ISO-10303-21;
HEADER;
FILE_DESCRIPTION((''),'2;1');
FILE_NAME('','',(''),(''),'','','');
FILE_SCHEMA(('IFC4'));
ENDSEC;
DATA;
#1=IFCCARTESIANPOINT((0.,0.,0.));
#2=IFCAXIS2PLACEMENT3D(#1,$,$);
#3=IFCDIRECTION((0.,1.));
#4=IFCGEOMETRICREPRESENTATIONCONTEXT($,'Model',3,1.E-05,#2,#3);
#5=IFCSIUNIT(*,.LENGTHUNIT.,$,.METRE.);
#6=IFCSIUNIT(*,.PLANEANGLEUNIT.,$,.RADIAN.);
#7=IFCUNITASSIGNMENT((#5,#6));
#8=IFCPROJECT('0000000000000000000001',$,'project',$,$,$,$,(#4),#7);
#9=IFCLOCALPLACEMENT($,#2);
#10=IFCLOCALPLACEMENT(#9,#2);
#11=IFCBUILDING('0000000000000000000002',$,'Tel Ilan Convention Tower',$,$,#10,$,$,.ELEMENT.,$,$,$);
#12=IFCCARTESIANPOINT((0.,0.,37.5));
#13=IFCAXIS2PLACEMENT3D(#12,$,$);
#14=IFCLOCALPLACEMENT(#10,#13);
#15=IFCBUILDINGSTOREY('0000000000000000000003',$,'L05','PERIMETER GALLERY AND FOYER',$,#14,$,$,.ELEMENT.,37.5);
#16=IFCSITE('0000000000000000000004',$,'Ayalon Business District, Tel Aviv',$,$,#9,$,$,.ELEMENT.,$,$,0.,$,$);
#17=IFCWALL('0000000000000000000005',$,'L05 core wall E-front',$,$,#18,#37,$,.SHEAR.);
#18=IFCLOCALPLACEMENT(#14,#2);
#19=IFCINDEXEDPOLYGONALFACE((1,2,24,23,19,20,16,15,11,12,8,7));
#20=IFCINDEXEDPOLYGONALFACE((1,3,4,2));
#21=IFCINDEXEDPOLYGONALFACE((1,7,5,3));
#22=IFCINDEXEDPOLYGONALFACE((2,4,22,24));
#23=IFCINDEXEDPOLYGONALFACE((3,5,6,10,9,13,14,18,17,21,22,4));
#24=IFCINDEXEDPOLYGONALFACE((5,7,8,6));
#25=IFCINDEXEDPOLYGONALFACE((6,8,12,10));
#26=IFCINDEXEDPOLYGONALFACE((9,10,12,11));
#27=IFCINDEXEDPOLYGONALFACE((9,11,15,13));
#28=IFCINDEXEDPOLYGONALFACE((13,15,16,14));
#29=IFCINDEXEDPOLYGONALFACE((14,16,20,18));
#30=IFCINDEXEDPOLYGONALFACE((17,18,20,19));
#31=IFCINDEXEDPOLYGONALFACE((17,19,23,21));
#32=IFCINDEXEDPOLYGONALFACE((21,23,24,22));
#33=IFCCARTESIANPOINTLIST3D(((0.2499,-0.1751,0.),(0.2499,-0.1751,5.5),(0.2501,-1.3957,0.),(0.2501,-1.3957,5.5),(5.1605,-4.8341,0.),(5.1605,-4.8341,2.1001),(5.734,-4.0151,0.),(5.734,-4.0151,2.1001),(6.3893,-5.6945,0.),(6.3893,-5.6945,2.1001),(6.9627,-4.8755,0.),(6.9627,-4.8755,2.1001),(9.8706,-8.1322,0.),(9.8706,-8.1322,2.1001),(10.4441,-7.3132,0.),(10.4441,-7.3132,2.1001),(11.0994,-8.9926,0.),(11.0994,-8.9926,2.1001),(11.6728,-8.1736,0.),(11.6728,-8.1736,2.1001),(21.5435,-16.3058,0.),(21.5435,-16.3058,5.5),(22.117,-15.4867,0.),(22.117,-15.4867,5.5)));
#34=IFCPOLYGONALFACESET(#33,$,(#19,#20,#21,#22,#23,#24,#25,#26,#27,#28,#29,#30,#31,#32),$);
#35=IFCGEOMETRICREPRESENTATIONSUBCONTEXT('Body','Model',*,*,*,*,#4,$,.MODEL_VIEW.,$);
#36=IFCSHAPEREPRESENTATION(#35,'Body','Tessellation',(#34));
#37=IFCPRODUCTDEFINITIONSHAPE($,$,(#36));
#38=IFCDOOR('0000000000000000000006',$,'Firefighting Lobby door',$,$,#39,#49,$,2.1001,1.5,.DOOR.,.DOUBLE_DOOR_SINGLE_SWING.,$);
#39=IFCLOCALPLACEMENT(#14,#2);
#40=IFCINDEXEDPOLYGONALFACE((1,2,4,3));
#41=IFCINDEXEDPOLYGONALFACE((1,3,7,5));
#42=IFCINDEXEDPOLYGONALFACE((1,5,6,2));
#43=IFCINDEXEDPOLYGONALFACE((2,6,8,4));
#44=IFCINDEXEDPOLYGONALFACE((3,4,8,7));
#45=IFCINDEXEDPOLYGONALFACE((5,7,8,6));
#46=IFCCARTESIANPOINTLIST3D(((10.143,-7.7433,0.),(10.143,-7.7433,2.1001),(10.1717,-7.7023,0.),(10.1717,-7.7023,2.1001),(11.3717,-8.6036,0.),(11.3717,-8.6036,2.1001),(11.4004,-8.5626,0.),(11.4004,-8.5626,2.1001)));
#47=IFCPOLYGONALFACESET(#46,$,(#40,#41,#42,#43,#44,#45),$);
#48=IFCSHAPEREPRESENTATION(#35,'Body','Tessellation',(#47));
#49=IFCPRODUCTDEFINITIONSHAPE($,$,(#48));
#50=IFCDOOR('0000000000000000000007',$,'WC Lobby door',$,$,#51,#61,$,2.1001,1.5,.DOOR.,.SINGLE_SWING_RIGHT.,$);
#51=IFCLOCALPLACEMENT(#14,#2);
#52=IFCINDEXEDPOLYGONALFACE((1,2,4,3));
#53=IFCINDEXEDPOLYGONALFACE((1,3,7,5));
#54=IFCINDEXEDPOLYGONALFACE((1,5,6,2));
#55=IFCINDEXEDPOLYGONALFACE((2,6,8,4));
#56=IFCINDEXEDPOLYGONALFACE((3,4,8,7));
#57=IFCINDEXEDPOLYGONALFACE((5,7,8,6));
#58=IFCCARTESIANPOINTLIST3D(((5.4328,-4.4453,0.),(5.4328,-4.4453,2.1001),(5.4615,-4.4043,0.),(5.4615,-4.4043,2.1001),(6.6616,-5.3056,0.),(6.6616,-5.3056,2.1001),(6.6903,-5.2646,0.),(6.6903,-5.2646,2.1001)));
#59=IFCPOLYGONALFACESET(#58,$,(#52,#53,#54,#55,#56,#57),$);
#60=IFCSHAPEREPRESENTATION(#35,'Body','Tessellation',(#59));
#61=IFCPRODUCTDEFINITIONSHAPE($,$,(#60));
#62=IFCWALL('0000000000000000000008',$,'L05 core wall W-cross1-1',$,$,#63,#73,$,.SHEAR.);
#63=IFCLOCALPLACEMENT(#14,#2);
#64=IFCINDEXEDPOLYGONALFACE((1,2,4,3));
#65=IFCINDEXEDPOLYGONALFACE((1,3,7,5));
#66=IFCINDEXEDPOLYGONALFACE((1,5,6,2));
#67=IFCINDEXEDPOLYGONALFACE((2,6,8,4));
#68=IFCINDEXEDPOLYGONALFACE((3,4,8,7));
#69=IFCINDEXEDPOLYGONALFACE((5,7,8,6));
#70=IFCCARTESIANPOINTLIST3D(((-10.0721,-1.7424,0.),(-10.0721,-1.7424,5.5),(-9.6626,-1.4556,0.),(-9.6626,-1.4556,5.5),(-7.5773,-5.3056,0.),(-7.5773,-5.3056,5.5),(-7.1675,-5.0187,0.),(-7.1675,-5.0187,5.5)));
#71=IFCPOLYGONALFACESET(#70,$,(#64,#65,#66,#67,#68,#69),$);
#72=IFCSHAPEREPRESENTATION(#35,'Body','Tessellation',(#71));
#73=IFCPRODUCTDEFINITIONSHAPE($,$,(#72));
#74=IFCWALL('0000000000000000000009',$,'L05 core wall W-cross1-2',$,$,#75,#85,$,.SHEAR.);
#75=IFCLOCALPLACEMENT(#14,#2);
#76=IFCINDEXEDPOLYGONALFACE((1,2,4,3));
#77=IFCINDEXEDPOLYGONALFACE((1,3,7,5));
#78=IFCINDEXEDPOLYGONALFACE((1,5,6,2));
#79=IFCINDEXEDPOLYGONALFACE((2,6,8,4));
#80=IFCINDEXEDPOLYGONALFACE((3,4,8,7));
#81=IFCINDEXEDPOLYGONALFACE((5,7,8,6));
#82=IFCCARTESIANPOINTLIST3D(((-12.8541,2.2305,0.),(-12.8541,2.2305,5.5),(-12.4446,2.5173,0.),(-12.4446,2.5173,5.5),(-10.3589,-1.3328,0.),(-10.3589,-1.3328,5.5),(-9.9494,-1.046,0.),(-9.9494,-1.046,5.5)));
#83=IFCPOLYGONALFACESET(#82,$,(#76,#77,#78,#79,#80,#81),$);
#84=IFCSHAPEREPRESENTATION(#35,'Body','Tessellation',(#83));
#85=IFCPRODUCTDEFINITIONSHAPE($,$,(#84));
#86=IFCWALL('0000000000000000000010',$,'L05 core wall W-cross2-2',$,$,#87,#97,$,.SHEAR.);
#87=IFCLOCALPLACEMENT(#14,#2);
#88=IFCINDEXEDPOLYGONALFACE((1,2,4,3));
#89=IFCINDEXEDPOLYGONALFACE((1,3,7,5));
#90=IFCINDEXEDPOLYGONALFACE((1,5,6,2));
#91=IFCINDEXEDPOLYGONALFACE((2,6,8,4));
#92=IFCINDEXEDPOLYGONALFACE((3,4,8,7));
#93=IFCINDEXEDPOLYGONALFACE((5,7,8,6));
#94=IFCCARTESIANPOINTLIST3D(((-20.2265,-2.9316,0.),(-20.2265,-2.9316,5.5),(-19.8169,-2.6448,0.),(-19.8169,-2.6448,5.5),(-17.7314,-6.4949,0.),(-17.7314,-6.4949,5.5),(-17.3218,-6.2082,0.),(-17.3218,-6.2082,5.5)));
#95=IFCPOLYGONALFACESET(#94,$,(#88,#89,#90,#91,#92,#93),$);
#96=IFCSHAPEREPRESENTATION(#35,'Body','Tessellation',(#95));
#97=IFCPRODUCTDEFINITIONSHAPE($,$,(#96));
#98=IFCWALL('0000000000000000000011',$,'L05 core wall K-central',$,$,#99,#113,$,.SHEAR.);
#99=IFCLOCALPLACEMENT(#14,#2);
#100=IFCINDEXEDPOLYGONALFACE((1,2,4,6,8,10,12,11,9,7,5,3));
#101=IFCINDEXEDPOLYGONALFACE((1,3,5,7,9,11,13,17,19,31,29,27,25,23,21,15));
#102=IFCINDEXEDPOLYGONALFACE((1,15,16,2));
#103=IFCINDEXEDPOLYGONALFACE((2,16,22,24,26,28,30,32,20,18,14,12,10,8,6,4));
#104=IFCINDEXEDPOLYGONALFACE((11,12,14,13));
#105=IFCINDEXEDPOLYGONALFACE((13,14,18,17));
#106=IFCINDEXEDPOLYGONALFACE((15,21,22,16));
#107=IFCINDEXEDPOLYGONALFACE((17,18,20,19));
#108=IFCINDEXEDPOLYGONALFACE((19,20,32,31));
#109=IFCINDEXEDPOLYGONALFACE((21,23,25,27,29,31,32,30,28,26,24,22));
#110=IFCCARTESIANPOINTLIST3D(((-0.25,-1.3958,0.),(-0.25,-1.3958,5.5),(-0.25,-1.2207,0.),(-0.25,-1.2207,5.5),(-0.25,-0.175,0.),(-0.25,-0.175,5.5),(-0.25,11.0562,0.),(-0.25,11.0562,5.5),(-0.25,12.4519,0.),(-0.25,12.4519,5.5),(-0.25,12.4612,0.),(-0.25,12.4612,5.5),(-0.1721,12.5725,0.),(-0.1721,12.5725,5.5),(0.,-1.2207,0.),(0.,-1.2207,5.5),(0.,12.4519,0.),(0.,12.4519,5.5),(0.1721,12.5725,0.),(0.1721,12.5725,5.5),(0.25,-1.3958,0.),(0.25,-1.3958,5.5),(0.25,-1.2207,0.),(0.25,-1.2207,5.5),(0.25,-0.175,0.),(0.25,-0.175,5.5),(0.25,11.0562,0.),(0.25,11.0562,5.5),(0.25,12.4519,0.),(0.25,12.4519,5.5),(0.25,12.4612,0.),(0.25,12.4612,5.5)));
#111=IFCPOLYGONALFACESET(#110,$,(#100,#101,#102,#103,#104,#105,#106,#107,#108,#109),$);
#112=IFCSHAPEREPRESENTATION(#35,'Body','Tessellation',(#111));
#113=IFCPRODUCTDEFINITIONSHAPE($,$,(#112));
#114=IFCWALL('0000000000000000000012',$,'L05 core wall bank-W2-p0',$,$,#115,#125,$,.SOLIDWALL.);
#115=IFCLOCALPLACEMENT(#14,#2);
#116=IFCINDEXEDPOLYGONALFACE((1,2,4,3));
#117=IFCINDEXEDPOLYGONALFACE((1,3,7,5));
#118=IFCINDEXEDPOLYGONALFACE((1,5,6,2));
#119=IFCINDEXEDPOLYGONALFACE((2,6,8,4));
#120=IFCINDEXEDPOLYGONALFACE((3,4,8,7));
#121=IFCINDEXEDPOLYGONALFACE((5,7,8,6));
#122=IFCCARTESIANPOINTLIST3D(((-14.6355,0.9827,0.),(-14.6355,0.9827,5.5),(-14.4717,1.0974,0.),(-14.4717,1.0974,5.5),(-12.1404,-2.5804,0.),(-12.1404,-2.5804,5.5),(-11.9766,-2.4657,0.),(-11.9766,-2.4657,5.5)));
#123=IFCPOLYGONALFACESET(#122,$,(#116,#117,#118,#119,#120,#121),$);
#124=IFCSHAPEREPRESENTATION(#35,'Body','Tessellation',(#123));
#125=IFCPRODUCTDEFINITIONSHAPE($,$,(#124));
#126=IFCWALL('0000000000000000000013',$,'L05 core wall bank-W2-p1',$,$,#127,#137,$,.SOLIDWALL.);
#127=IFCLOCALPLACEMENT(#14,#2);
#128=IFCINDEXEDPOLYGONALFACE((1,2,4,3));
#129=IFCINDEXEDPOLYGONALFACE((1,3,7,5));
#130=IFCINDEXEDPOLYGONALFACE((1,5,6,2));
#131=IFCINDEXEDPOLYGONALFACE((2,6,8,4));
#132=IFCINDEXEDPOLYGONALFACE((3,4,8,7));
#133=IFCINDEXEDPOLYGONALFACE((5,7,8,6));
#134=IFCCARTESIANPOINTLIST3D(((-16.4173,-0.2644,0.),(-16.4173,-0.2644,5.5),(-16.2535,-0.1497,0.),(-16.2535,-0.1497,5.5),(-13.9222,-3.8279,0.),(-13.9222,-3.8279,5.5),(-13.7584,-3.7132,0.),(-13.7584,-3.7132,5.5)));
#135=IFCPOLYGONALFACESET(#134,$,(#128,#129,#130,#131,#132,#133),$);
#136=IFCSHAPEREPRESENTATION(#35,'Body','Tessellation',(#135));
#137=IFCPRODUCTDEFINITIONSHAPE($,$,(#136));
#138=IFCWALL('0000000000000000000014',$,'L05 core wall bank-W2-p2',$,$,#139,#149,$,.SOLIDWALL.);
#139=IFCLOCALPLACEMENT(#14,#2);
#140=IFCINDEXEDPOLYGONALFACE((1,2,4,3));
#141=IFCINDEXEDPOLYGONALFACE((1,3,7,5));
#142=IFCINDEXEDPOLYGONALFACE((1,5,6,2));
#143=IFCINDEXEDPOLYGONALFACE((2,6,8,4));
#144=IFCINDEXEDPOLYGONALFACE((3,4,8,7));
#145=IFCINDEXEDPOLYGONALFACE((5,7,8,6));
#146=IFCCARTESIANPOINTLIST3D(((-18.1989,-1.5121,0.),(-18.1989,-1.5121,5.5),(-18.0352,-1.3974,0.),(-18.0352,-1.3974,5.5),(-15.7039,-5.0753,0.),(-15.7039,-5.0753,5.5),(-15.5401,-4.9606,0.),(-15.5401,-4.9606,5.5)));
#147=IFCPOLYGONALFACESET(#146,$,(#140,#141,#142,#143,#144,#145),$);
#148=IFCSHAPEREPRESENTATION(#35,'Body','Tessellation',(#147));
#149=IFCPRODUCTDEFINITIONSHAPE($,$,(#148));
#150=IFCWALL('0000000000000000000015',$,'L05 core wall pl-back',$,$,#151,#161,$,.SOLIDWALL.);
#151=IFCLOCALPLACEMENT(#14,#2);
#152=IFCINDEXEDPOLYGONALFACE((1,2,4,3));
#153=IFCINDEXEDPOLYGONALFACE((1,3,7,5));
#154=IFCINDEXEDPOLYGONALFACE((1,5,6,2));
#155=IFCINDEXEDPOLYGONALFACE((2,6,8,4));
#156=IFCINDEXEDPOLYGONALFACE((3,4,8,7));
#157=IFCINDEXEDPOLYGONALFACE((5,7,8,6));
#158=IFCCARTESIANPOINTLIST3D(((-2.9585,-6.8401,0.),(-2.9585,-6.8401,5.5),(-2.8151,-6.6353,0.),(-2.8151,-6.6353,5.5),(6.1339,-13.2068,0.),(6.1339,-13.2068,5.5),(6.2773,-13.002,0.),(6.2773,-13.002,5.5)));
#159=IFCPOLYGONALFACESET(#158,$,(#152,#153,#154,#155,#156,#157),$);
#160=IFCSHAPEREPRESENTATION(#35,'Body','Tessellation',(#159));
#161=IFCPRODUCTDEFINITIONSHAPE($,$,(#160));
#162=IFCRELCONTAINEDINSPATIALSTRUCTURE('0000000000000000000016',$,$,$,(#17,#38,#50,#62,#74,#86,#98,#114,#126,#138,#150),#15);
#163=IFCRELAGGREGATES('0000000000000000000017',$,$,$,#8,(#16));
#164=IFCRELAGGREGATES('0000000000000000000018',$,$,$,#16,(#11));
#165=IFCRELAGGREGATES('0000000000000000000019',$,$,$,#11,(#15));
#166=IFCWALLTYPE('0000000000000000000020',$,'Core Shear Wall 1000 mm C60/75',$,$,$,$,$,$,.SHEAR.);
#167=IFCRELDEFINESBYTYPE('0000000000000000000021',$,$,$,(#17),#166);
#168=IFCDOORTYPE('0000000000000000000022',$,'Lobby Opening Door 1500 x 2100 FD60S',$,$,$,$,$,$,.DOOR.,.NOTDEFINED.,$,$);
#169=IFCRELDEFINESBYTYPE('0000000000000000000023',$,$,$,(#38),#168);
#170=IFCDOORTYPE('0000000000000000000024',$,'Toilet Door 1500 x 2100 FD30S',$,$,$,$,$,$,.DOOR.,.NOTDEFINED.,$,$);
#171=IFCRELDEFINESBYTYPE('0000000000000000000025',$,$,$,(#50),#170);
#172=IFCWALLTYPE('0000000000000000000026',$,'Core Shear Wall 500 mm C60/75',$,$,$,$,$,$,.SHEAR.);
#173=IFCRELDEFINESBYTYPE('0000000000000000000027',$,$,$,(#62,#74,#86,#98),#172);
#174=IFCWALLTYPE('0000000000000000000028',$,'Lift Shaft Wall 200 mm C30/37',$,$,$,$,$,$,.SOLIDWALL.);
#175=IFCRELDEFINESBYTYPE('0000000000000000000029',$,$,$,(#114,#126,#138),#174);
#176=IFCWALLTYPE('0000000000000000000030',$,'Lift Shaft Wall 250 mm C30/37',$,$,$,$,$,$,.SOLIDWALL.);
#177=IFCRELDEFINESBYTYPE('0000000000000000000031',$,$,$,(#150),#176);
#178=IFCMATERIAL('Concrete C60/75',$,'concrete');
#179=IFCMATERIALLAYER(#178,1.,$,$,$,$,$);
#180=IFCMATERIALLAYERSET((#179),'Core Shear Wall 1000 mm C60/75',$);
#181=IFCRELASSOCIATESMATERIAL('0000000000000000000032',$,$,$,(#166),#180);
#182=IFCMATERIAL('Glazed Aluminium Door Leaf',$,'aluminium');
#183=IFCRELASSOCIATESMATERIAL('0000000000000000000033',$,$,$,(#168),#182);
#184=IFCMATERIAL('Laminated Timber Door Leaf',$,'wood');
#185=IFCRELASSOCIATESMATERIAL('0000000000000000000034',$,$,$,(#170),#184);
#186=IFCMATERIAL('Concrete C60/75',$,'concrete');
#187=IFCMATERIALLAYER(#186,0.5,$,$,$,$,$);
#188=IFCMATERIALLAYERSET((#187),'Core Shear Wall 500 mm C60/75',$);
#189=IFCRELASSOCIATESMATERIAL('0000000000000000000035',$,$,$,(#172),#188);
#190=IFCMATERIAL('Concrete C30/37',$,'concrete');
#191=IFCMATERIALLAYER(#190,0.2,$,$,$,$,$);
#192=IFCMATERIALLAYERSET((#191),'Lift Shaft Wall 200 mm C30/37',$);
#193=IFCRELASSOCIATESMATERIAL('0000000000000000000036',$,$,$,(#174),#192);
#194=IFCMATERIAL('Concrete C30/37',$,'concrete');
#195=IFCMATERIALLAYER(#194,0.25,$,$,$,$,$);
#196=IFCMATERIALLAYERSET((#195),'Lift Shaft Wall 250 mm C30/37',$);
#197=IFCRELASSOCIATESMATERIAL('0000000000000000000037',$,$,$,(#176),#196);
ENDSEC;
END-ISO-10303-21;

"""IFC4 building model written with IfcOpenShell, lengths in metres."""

from ifc_helpers import new_model, si_unit, direction, frame, frame_2d, origin, place, context, subcontext, project, spatial, polyline, rectangle, outline, extrude, material, layer, layer_set, type_object, element, fill, save


model = new_model("IFC4")

# Units and contexts
model_context = context("Model", 3, precision=1e-05, world=origin(), true_north=direction((0.0, 1.0)))
body_context = subcontext(model_context, "Body", "Model", "MODEL_VIEW")
ifc_project = project(units=[si_unit("LENGTHUNIT", "METRE"), si_unit("PLANEANGLEUNIT", "RADIAN")], contexts=[model_context])

# Site, building, storey
site_placement = place(None, origin())
site = spatial("IfcSite", under=ifc_project, at=site_placement, Name="Ayalon Business District, Tel Aviv", CompositionType="ELEMENT", RefElevation=0.0)
building_placement = place(site_placement, origin())
building = spatial("IfcBuilding", under=site, at=building_placement, Name="Tel Ilan Convention Tower", CompositionType="ELEMENT")
storey_placement = place(building_placement, frame((0.0, 0.0, 37.5)))
storey = spatial("IfcBuildingStorey", under=building, at=storey_placement, Name="L05", Description="PERIMETER GALLERY AND FOYER", CompositionType="ELEMENT", Elevation=37.5)

# Wall, openings, doors
ifc_material_1 = material(Name="Concrete C60/75", Category="concrete")
ifc_layer_1 = layer(ifc_material_1, 1.0)
ifc_layer_set_1 = layer_set([ifc_layer_1], Name="Core Shear Wall 1000 mm C60/75")
wall_type_1 = type_object("IfcWallType", Name="Core Shear Wall 1000 mm C60/75", PredefinedType="SHEAR", material=ifc_layer_set_1)
wall_1_placement = place(storey_placement, frame((-0.0369, -0.5847, 0.0), z_axis=(0.0, 0.0, 1.0), x_axis=(0.819157, -0.573569, 0.0)))
wall_1 = element("IfcWall", 1, at=wall_1_placement, inside=storey, type_object=wall_type_1, Name="L05 core wall E-front", PredefinedType="SHEAR", context=body_context, shape_type="SweptSolid", body=[
    extrude(outline(polyline([(26.6948, 0.4998), (0.0, 0.5), (0.7002, -0.4998), (26.6948, -0.5002), (26.6948, 0.4998)])), origin(), (0.0, 0.0, 1.0), 5.5),
])
opening_1_placement = place(wall_1_placement, frame((6.6948, 0.0, 0.0)))
opening_1 = element("IfcOpeningElement", 2, at=opening_1_placement, cuts=wall_1, PredefinedType="OPENING", context=body_context, shape_type="SweptSolid", body=[
    extrude(rectangle(XDim=1.5, YDim=2.1001, at=frame_2d((0.75, 1.05))), frame((0.0, 0.51, 0.0), z_axis=(0.0, -1.0, 0.0), x_axis=(1.0, 0.0, 0.0)), (0.0, 0.0, 1.0), 1.02),
])
opening_2_placement = place(wall_1_placement, frame((12.4448, 0.0, 0.0)))
opening_2 = element("IfcOpeningElement", 3, at=opening_2_placement, cuts=wall_1, PredefinedType="OPENING", context=body_context, shape_type="SweptSolid", body=[
    extrude(rectangle(XDim=1.5, YDim=2.1001, at=frame_2d((0.75, 1.05))), frame((0.0, 0.51, 0.0), z_axis=(0.0, -1.0, 0.0), x_axis=(1.0, 0.0, 0.0)), (0.0, 0.0, 1.0), 1.02),
])
ifc_material_2 = material(Name="Glazed Aluminium Door Leaf", Category="aluminium")
door_type_1 = type_object("IfcDoorType", Name="Lobby Opening Door 1500 x 2100 FD60S", OperationType="NOTDEFINED", PredefinedType="DOOR", material=ifc_material_2)
door_1_placement = place(opening_2_placement, origin())
door_1 = element("IfcDoor", 4, at=door_1_placement, inside=storey, type_object=door_type_1, Name="Firefighting Lobby door", OperationType="DOUBLE_DOOR_SINGLE_SWING", OverallHeight=2.1001, OverallWidth=1.5, PredefinedType="DOOR", context=body_context, shape_type="SweptSolid", body=[
    extrude(rectangle(XDim=1.5, YDim=2.1001, at=frame_2d((0.75, 1.05))), frame((0.0, 0.0249, 0.0), z_axis=(0.0, -1.0, 0.0), x_axis=(1.0, 0.0, 0.0)), (0.0, 0.0, 1.0), 0.05),
])
fill(opening_2, door_1)
ifc_material_3 = material(Name="Laminated Timber Door Leaf", Category="wood")
door_type_2 = type_object("IfcDoorType", Name="Toilet Door 1500 x 2100 FD30S", OperationType="NOTDEFINED", PredefinedType="DOOR", material=ifc_material_3)
door_2_placement = place(opening_1_placement, origin())
door_2 = element("IfcDoor", 5, at=door_2_placement, inside=storey, type_object=door_type_2, Name="WC Lobby door", OperationType="SINGLE_SWING_RIGHT", OverallHeight=2.1001, OverallWidth=1.5, PredefinedType="DOOR", context=body_context, shape_type="SweptSolid", body=[
    extrude(rectangle(XDim=1.5, YDim=2.1001, at=frame_2d((0.75, 1.05))), frame((0.0, 0.0249, 0.0), z_axis=(0.0, -1.0, 0.0), x_axis=(1.0, 0.0, 0.0)), (0.0, 0.0, 1.0), 0.05),
])
fill(opening_1, door_2)

# Walls
ifc_material_4 = material(Name="Concrete C60/75", Category="concrete")
ifc_layer_2 = layer(ifc_material_4, 0.5)
ifc_layer_set_2 = layer_set([ifc_layer_2], Name="Core Shear Wall 500 mm C60/75")
wall_type_2 = type_object("IfcWallType", Name="Core Shear Wall 500 mm C60/75", PredefinedType="SHEAR", material=ifc_layer_set_2)
wall_2_placement = place(storey_placement, frame((-7.3723, -5.1621, 0.0), z_axis=(0.0, 0.0, 1.0), x_axis=(-0.573594, 0.81914, 0.0)))
element("IfcWall", 6, at=wall_2_placement, inside=storey, type_object=wall_type_2, Name="L05 core wall W-cross1-1", PredefinedType="SHEAR", context=body_context, shape_type="SweptSolid", body=[
    extrude(outline(polyline([(4.3499, 0.25), (0.0, 0.2502), (0.0, -0.25), (4.3499, -0.25), (4.3499, 0.25)])), origin(), (0.0, 0.0, 1.0), 5.5),
])
wall_3_placement = place(storey_placement, frame((-10.1543, -1.1892, 0.0), z_axis=(0.0, 0.0, 1.0), x_axis=(-0.573594, 0.81914, 0.0)))
element("IfcWall", 7, at=wall_3_placement, inside=storey, type_object=wall_type_2, Name="L05 core wall W-cross1-2", PredefinedType="SHEAR", context=body_context, shape_type="SweptSolid", body=[
    extrude(outline(polyline([(4.3499, -0.25), (4.3499, 0.25), (-0.0002, 0.25), (-0.0002, -0.25), (4.3499, -0.25)])), origin(), (0.0, 0.0, 1.0), 5.5),
])
wall_4_placement = place(storey_placement, frame((-17.5266, -6.3516, 0.0), z_axis=(0.0, 0.0, 1.0), x_axis=(-0.57353, 0.819184, 0.0)))
element("IfcWall", 8, at=wall_4_placement, inside=storey, type_object=wall_type_2, Name="L05 core wall W-cross2-2", PredefinedType="SHEAR", context=body_context, shape_type="SweptSolid", body=[
    extrude(outline(polyline([(4.3501, -0.2498), (4.3501, 0.2502), (0.0, 0.25), (0.0, -0.25), (4.3501, -0.2498)])), origin(), (0.0, 0.0, 1.0), 5.5),
])
wall_5_placement = place(storey_placement, frame((0.0, -1.3958, 0.0), z_axis=(0.0, 0.0, 1.0), x_axis=(0.0, 1.0, 0.0)))
element("IfcWall", 9, at=wall_5_placement, inside=storey, type_object=wall_type_2, Name="L05 core wall K-central", PredefinedType="SHEAR", context=body_context, shape_type="SweptSolid", body=[
    extrude(outline(polyline([(0.0, -0.25), (0.175, -0.25), (1.2207, -0.25), (12.4519, -0.25), (13.8477, -0.25), (13.8569, -0.25), (13.9683, -0.1721), (13.8477, 0.0), (13.9683, 0.1721), (13.8569, 0.25), (13.8477, 0.25), (12.4519, 0.25), (1.2207, 0.25), (0.175, 0.25), (0.0, 0.25), (0.175, 0.0), (0.0, -0.25)])), origin(), (0.0, 0.0, 1.0), 5.5),
])
ifc_material_5 = material(Name="Concrete C30/37", Category="concrete")
ifc_layer_3 = layer(ifc_material_5, 0.2)
ifc_layer_set_3 = layer_set([ifc_layer_3], Name="Lift Shaft Wall 200 mm C30/37")
wall_type_3 = type_object("IfcWallType", Name="Lift Shaft Wall 200 mm C30/37", PredefinedType="SOLIDWALL", material=ifc_layer_set_3)
wall_6_placement = place(storey_placement, frame((-12.0586, -2.5229, 0.0), z_axis=(0.0, 0.0, 1.0), x_axis=(-0.573594, 0.81914, 0.0)))
element("IfcWall", 10, at=wall_6_placement, inside=storey, type_object=wall_type_3, Name="L05 core wall bank-W2-p0", PredefinedType="SOLIDWALL", context=body_context, shape_type="SweptSolid", body=[
    extrude(rectangle(XDim=4.3499, YDim=0.2, at=frame_2d((2.1748, 0.0))), origin(), (0.0, 0.0, 1.0), 5.5),
])
wall_7_placement = place(storey_placement, frame((-13.8403, -3.7705, 0.0), z_axis=(0.0, 0.0, 1.0), x_axis=(-0.573568, 0.819158, 0.0)))
element("IfcWall", 11, at=wall_7_placement, inside=storey, type_object=wall_type_3, Name="L05 core wall bank-W2-p1", PredefinedType="SOLIDWALL", context=body_context, shape_type="SweptSolid", body=[
    extrude(rectangle(XDim=4.3501, YDim=0.2, at=frame_2d((2.175, 0.0))), origin(), (0.0, 0.0, 1.0), 5.5),
])
wall_8_placement = place(storey_placement, frame((-15.6221, -5.0178, 0.0), z_axis=(0.0, 0.0, 1.0), x_axis=(-0.573594, 0.81914, 0.0)))
element("IfcWall", 12, at=wall_8_placement, inside=storey, type_object=wall_type_3, Name="L05 core wall bank-W2-p2", PredefinedType="SOLIDWALL", context=body_context, shape_type="SweptSolid", body=[
    extrude(rectangle(XDim=4.3499, YDim=0.2, at=frame_2d((2.1748, 0.0))), origin(), (0.0, 0.0, 1.0), 5.5),
])
ifc_material_6 = material(Name="Concrete C30/37", Category="concrete")
ifc_layer_4 = layer(ifc_material_6, 0.25)
ifc_layer_set_4 = layer_set([ifc_layer_4], Name="Lift Shaft Wall 250 mm C30/37")
wall_type_4 = type_object("IfcWallType", Name="Lift Shaft Wall 250 mm C30/37", PredefinedType="SOLIDWALL", material=ifc_layer_set_4)
wall_9_placement = place(storey_placement, frame((-2.8867, -6.7378, 0.0), z_axis=(0.0, 0.0, 1.0), x_axis=(0.81915, -0.573579, 0.0)))
element("IfcWall", 13, at=wall_9_placement, inside=storey, type_object=wall_type_4, Name="L05 core wall pl-back", PredefinedType="SOLIDWALL", context=body_context, shape_type="SweptSolid", body=[
    extrude(rectangle(XDim=11.0999, YDim=0.25, at=frame_2d((5.5498, 0.0))), origin(), (0.0, 0.0, 1.0), 5.5),
])

save(model, "model.ifc")
